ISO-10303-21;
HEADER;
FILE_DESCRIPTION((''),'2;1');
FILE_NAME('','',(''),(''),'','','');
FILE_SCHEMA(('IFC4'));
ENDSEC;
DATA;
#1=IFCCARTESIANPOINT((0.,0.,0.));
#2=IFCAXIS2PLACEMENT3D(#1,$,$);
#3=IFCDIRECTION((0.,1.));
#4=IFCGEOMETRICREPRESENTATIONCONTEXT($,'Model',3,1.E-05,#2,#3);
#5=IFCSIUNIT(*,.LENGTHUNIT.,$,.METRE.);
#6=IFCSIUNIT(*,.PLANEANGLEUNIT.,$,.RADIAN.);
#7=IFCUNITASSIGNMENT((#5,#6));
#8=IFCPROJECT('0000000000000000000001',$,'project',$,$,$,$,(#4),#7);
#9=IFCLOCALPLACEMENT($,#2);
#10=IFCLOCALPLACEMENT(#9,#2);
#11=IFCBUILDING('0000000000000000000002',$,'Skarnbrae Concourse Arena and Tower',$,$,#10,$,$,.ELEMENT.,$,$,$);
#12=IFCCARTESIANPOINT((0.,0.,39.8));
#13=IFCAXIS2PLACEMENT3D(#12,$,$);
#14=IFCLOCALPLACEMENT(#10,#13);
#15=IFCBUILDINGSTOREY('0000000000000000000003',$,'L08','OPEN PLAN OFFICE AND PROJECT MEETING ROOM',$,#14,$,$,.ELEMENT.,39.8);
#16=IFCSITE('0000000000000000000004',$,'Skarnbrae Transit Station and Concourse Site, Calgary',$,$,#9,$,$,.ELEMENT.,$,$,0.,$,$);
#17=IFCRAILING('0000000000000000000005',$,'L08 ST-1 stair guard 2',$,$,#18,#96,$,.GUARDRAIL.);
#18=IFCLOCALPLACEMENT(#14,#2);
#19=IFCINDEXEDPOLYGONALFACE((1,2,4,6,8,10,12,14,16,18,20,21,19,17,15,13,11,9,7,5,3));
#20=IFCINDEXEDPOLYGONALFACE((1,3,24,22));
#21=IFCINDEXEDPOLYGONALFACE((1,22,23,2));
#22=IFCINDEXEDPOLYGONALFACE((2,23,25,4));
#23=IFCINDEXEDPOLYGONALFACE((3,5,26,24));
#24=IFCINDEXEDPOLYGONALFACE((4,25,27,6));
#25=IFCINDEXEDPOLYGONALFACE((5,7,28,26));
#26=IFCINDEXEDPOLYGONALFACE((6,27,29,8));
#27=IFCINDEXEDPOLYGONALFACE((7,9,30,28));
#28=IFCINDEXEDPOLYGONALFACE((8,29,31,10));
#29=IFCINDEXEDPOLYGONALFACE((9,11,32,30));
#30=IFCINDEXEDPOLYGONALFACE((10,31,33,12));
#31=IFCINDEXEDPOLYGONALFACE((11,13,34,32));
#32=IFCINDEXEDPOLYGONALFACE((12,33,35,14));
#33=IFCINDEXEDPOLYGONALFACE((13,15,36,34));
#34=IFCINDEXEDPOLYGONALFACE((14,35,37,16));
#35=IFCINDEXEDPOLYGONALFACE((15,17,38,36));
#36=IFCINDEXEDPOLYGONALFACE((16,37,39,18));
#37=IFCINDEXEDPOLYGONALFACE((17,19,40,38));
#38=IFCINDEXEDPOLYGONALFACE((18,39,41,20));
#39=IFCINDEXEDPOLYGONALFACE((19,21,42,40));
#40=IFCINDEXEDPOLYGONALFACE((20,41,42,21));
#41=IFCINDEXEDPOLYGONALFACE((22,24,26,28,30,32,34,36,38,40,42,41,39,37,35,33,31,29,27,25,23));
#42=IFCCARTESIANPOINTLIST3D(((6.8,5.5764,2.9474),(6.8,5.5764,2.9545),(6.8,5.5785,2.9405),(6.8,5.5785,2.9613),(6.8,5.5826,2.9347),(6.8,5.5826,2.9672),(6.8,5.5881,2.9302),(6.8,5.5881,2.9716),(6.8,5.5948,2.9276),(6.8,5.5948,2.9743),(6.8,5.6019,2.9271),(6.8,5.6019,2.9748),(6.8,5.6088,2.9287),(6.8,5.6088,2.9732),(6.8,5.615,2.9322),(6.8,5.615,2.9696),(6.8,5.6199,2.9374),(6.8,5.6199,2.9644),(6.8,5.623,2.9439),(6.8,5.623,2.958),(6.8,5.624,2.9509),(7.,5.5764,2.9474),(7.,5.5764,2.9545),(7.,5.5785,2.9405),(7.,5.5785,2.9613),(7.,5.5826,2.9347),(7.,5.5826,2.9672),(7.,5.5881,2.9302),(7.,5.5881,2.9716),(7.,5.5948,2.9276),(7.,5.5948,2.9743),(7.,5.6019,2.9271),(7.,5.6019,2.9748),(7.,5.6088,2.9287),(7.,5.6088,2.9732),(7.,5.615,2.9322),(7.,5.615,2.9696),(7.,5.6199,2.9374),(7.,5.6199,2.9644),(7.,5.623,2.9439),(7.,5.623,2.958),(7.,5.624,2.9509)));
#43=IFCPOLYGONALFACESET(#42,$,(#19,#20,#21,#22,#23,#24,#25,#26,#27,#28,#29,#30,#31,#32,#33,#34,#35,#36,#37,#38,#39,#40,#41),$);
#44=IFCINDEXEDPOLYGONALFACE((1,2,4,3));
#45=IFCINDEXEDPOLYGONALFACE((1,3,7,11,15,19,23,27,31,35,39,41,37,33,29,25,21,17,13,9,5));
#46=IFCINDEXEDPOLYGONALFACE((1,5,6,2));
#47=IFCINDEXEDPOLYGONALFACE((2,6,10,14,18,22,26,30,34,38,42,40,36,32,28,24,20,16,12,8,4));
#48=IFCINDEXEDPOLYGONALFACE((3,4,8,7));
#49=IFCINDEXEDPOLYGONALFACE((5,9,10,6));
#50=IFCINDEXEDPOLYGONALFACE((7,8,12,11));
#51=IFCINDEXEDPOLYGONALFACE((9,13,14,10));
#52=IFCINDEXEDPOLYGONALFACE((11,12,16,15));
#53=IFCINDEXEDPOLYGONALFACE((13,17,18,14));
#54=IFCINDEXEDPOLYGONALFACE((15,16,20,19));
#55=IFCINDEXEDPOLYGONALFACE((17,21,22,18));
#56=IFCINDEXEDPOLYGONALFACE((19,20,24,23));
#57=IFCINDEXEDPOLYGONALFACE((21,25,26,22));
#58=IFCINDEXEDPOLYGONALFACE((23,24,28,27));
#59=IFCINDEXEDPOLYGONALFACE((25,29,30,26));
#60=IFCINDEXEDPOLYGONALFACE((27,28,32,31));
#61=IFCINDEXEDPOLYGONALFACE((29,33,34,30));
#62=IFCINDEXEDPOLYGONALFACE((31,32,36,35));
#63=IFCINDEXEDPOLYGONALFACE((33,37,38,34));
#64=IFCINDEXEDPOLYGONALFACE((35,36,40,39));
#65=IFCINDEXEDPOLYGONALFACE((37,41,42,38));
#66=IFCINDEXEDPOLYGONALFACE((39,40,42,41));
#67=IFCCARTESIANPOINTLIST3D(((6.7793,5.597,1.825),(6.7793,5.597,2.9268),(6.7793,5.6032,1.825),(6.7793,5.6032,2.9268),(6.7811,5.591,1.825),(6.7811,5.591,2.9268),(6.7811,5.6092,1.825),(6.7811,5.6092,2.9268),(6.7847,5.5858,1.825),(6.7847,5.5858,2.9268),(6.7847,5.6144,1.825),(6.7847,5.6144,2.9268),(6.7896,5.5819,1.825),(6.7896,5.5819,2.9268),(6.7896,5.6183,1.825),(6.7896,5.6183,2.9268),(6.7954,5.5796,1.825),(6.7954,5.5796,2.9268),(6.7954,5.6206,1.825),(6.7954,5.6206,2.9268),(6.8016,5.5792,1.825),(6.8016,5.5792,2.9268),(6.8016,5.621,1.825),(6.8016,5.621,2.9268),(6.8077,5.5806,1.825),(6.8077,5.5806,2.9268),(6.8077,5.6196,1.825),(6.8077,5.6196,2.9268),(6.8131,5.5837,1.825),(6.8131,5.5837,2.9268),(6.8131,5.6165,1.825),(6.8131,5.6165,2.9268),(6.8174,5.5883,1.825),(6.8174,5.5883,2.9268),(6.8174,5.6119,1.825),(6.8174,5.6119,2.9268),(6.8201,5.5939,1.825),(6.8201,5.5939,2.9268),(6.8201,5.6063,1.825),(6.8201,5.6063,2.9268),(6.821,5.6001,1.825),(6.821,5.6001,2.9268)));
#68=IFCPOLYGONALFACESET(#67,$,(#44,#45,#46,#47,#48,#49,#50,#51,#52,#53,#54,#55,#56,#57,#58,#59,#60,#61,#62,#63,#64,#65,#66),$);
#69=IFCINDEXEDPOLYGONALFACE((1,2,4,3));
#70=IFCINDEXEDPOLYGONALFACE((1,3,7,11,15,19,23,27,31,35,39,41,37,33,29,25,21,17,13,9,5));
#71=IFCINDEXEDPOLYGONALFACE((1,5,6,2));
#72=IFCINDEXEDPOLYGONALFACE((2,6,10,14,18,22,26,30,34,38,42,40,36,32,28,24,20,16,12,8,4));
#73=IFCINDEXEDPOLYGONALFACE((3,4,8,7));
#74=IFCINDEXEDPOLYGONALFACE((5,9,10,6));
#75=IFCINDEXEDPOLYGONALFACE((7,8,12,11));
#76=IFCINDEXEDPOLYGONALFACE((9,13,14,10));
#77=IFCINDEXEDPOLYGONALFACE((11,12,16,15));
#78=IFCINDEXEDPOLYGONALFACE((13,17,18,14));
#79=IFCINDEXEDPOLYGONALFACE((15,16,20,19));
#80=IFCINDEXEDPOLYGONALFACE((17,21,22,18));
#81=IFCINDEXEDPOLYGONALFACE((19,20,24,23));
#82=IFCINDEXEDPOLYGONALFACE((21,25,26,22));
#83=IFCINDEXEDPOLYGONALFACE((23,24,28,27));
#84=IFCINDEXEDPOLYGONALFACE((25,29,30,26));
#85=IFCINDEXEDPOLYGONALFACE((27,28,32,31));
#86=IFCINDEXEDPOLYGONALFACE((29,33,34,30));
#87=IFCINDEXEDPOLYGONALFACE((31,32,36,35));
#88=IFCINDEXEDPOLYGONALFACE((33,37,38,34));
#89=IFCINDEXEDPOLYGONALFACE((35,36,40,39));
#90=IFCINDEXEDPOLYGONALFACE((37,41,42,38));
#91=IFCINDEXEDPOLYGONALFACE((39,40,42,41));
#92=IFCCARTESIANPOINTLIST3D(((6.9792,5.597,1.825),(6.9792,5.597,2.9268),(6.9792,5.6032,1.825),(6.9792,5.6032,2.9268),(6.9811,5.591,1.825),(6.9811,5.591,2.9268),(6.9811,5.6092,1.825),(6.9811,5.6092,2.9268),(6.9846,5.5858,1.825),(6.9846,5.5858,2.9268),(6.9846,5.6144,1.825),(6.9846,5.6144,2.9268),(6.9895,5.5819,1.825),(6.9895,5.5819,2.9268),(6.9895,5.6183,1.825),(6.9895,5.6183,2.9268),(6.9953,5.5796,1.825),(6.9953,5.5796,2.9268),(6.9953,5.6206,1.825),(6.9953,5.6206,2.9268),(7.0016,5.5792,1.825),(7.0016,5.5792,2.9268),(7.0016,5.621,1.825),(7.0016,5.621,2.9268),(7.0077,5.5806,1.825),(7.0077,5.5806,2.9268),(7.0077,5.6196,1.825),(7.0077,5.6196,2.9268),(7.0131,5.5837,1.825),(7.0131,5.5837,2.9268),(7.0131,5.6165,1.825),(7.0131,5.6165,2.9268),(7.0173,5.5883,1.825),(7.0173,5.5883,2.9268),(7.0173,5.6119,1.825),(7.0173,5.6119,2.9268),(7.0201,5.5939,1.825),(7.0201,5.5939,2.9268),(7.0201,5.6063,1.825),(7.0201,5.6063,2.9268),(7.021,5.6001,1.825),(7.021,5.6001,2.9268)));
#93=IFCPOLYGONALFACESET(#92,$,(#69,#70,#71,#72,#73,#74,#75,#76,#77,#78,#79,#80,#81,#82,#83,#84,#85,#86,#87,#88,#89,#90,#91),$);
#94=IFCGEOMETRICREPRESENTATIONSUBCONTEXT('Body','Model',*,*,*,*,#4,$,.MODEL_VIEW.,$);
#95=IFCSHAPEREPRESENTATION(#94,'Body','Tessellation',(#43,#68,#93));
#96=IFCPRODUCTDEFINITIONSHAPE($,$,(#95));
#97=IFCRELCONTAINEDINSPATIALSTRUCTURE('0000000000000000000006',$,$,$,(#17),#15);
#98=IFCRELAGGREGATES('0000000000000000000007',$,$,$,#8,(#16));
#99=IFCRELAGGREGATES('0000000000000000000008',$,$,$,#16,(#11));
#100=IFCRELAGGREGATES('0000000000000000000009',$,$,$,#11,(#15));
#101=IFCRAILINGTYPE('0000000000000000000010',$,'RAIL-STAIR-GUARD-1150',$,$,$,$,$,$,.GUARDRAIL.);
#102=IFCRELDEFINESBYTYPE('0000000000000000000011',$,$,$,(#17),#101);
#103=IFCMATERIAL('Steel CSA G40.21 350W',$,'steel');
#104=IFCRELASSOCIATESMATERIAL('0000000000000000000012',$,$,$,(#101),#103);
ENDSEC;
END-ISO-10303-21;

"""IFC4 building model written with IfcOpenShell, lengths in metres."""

from ifc_helpers import new_model, si_unit, direction, frame, origin, origin_2d, place, context, subcontext, project, spatial, circle, extrude, material, type_object, element, save


model = new_model("IFC4")

# Units and contexts
model_context = context("Model", 3, precision=1e-05, world=origin(), true_north=direction((0.0, 1.0)))
body_context = subcontext(model_context, "Body", "Model", "MODEL_VIEW")
ifc_project = project(units=[si_unit("LENGTHUNIT", "METRE"), si_unit("PLANEANGLEUNIT", "RADIAN")], contexts=[model_context])

# Site, building, storey
site_placement = place(None, origin())
site = spatial("IfcSite", under=ifc_project, at=site_placement, Name="Skarnbrae Transit Station and Concourse Site, Calgary", CompositionType="ELEMENT", RefElevation=0.0)
building_placement = place(site_placement, origin())
building = spatial("IfcBuilding", under=site, at=building_placement, Name="Skarnbrae Concourse Arena and Tower", CompositionType="ELEMENT")
storey_placement = place(building_placement, frame((0.0, 0.0, 39.8)))
storey = spatial("IfcBuildingStorey", under=building, at=storey_placement, Name="L08", Description="OPEN PLAN OFFICE AND PROJECT MEETING ROOM", CompositionType="ELEMENT", Elevation=39.8)

# Shared definitions
ifc_material_1 = material(Name="Steel CSA G40.21 350W", Category="steel")

# Railing
railing_type_1 = type_object("IfcRailingType", Name="RAIL-STAIR-GUARD-1150", PredefinedType="GUARDRAIL", material=ifc_material_1)
railing_1_placement = place(storey_placement, frame((6.8, 5.6001, 1.825)))
element("IfcRailing", 1, at=railing_1_placement, inside=storey, type_object=railing_type_1, Name="L08 ST-1 stair guard 2", PredefinedType="GUARDRAIL", context=body_context, shape_type="SweptSolid", body=[
    extrude(circle(Radius=0.0239, at=origin_2d()), frame((0.0, 0.0, 1.126), z_axis=(1.0, 0.0, 0.0), x_axis=(0.0, 1.0, 0.0)), (0.0, 0.0, 1.0), 0.2),
    extrude(circle(Radius=0.021, at=origin_2d()), origin(), (0.0, 0.0, 1.0), 1.1018),
    extrude(circle(Radius=0.021, at=origin_2d()), frame((0.2, 0.0, 0.0)), (0.0, 0.0, 1.0), 1.1018),
])

save(model, "model.ifc")
